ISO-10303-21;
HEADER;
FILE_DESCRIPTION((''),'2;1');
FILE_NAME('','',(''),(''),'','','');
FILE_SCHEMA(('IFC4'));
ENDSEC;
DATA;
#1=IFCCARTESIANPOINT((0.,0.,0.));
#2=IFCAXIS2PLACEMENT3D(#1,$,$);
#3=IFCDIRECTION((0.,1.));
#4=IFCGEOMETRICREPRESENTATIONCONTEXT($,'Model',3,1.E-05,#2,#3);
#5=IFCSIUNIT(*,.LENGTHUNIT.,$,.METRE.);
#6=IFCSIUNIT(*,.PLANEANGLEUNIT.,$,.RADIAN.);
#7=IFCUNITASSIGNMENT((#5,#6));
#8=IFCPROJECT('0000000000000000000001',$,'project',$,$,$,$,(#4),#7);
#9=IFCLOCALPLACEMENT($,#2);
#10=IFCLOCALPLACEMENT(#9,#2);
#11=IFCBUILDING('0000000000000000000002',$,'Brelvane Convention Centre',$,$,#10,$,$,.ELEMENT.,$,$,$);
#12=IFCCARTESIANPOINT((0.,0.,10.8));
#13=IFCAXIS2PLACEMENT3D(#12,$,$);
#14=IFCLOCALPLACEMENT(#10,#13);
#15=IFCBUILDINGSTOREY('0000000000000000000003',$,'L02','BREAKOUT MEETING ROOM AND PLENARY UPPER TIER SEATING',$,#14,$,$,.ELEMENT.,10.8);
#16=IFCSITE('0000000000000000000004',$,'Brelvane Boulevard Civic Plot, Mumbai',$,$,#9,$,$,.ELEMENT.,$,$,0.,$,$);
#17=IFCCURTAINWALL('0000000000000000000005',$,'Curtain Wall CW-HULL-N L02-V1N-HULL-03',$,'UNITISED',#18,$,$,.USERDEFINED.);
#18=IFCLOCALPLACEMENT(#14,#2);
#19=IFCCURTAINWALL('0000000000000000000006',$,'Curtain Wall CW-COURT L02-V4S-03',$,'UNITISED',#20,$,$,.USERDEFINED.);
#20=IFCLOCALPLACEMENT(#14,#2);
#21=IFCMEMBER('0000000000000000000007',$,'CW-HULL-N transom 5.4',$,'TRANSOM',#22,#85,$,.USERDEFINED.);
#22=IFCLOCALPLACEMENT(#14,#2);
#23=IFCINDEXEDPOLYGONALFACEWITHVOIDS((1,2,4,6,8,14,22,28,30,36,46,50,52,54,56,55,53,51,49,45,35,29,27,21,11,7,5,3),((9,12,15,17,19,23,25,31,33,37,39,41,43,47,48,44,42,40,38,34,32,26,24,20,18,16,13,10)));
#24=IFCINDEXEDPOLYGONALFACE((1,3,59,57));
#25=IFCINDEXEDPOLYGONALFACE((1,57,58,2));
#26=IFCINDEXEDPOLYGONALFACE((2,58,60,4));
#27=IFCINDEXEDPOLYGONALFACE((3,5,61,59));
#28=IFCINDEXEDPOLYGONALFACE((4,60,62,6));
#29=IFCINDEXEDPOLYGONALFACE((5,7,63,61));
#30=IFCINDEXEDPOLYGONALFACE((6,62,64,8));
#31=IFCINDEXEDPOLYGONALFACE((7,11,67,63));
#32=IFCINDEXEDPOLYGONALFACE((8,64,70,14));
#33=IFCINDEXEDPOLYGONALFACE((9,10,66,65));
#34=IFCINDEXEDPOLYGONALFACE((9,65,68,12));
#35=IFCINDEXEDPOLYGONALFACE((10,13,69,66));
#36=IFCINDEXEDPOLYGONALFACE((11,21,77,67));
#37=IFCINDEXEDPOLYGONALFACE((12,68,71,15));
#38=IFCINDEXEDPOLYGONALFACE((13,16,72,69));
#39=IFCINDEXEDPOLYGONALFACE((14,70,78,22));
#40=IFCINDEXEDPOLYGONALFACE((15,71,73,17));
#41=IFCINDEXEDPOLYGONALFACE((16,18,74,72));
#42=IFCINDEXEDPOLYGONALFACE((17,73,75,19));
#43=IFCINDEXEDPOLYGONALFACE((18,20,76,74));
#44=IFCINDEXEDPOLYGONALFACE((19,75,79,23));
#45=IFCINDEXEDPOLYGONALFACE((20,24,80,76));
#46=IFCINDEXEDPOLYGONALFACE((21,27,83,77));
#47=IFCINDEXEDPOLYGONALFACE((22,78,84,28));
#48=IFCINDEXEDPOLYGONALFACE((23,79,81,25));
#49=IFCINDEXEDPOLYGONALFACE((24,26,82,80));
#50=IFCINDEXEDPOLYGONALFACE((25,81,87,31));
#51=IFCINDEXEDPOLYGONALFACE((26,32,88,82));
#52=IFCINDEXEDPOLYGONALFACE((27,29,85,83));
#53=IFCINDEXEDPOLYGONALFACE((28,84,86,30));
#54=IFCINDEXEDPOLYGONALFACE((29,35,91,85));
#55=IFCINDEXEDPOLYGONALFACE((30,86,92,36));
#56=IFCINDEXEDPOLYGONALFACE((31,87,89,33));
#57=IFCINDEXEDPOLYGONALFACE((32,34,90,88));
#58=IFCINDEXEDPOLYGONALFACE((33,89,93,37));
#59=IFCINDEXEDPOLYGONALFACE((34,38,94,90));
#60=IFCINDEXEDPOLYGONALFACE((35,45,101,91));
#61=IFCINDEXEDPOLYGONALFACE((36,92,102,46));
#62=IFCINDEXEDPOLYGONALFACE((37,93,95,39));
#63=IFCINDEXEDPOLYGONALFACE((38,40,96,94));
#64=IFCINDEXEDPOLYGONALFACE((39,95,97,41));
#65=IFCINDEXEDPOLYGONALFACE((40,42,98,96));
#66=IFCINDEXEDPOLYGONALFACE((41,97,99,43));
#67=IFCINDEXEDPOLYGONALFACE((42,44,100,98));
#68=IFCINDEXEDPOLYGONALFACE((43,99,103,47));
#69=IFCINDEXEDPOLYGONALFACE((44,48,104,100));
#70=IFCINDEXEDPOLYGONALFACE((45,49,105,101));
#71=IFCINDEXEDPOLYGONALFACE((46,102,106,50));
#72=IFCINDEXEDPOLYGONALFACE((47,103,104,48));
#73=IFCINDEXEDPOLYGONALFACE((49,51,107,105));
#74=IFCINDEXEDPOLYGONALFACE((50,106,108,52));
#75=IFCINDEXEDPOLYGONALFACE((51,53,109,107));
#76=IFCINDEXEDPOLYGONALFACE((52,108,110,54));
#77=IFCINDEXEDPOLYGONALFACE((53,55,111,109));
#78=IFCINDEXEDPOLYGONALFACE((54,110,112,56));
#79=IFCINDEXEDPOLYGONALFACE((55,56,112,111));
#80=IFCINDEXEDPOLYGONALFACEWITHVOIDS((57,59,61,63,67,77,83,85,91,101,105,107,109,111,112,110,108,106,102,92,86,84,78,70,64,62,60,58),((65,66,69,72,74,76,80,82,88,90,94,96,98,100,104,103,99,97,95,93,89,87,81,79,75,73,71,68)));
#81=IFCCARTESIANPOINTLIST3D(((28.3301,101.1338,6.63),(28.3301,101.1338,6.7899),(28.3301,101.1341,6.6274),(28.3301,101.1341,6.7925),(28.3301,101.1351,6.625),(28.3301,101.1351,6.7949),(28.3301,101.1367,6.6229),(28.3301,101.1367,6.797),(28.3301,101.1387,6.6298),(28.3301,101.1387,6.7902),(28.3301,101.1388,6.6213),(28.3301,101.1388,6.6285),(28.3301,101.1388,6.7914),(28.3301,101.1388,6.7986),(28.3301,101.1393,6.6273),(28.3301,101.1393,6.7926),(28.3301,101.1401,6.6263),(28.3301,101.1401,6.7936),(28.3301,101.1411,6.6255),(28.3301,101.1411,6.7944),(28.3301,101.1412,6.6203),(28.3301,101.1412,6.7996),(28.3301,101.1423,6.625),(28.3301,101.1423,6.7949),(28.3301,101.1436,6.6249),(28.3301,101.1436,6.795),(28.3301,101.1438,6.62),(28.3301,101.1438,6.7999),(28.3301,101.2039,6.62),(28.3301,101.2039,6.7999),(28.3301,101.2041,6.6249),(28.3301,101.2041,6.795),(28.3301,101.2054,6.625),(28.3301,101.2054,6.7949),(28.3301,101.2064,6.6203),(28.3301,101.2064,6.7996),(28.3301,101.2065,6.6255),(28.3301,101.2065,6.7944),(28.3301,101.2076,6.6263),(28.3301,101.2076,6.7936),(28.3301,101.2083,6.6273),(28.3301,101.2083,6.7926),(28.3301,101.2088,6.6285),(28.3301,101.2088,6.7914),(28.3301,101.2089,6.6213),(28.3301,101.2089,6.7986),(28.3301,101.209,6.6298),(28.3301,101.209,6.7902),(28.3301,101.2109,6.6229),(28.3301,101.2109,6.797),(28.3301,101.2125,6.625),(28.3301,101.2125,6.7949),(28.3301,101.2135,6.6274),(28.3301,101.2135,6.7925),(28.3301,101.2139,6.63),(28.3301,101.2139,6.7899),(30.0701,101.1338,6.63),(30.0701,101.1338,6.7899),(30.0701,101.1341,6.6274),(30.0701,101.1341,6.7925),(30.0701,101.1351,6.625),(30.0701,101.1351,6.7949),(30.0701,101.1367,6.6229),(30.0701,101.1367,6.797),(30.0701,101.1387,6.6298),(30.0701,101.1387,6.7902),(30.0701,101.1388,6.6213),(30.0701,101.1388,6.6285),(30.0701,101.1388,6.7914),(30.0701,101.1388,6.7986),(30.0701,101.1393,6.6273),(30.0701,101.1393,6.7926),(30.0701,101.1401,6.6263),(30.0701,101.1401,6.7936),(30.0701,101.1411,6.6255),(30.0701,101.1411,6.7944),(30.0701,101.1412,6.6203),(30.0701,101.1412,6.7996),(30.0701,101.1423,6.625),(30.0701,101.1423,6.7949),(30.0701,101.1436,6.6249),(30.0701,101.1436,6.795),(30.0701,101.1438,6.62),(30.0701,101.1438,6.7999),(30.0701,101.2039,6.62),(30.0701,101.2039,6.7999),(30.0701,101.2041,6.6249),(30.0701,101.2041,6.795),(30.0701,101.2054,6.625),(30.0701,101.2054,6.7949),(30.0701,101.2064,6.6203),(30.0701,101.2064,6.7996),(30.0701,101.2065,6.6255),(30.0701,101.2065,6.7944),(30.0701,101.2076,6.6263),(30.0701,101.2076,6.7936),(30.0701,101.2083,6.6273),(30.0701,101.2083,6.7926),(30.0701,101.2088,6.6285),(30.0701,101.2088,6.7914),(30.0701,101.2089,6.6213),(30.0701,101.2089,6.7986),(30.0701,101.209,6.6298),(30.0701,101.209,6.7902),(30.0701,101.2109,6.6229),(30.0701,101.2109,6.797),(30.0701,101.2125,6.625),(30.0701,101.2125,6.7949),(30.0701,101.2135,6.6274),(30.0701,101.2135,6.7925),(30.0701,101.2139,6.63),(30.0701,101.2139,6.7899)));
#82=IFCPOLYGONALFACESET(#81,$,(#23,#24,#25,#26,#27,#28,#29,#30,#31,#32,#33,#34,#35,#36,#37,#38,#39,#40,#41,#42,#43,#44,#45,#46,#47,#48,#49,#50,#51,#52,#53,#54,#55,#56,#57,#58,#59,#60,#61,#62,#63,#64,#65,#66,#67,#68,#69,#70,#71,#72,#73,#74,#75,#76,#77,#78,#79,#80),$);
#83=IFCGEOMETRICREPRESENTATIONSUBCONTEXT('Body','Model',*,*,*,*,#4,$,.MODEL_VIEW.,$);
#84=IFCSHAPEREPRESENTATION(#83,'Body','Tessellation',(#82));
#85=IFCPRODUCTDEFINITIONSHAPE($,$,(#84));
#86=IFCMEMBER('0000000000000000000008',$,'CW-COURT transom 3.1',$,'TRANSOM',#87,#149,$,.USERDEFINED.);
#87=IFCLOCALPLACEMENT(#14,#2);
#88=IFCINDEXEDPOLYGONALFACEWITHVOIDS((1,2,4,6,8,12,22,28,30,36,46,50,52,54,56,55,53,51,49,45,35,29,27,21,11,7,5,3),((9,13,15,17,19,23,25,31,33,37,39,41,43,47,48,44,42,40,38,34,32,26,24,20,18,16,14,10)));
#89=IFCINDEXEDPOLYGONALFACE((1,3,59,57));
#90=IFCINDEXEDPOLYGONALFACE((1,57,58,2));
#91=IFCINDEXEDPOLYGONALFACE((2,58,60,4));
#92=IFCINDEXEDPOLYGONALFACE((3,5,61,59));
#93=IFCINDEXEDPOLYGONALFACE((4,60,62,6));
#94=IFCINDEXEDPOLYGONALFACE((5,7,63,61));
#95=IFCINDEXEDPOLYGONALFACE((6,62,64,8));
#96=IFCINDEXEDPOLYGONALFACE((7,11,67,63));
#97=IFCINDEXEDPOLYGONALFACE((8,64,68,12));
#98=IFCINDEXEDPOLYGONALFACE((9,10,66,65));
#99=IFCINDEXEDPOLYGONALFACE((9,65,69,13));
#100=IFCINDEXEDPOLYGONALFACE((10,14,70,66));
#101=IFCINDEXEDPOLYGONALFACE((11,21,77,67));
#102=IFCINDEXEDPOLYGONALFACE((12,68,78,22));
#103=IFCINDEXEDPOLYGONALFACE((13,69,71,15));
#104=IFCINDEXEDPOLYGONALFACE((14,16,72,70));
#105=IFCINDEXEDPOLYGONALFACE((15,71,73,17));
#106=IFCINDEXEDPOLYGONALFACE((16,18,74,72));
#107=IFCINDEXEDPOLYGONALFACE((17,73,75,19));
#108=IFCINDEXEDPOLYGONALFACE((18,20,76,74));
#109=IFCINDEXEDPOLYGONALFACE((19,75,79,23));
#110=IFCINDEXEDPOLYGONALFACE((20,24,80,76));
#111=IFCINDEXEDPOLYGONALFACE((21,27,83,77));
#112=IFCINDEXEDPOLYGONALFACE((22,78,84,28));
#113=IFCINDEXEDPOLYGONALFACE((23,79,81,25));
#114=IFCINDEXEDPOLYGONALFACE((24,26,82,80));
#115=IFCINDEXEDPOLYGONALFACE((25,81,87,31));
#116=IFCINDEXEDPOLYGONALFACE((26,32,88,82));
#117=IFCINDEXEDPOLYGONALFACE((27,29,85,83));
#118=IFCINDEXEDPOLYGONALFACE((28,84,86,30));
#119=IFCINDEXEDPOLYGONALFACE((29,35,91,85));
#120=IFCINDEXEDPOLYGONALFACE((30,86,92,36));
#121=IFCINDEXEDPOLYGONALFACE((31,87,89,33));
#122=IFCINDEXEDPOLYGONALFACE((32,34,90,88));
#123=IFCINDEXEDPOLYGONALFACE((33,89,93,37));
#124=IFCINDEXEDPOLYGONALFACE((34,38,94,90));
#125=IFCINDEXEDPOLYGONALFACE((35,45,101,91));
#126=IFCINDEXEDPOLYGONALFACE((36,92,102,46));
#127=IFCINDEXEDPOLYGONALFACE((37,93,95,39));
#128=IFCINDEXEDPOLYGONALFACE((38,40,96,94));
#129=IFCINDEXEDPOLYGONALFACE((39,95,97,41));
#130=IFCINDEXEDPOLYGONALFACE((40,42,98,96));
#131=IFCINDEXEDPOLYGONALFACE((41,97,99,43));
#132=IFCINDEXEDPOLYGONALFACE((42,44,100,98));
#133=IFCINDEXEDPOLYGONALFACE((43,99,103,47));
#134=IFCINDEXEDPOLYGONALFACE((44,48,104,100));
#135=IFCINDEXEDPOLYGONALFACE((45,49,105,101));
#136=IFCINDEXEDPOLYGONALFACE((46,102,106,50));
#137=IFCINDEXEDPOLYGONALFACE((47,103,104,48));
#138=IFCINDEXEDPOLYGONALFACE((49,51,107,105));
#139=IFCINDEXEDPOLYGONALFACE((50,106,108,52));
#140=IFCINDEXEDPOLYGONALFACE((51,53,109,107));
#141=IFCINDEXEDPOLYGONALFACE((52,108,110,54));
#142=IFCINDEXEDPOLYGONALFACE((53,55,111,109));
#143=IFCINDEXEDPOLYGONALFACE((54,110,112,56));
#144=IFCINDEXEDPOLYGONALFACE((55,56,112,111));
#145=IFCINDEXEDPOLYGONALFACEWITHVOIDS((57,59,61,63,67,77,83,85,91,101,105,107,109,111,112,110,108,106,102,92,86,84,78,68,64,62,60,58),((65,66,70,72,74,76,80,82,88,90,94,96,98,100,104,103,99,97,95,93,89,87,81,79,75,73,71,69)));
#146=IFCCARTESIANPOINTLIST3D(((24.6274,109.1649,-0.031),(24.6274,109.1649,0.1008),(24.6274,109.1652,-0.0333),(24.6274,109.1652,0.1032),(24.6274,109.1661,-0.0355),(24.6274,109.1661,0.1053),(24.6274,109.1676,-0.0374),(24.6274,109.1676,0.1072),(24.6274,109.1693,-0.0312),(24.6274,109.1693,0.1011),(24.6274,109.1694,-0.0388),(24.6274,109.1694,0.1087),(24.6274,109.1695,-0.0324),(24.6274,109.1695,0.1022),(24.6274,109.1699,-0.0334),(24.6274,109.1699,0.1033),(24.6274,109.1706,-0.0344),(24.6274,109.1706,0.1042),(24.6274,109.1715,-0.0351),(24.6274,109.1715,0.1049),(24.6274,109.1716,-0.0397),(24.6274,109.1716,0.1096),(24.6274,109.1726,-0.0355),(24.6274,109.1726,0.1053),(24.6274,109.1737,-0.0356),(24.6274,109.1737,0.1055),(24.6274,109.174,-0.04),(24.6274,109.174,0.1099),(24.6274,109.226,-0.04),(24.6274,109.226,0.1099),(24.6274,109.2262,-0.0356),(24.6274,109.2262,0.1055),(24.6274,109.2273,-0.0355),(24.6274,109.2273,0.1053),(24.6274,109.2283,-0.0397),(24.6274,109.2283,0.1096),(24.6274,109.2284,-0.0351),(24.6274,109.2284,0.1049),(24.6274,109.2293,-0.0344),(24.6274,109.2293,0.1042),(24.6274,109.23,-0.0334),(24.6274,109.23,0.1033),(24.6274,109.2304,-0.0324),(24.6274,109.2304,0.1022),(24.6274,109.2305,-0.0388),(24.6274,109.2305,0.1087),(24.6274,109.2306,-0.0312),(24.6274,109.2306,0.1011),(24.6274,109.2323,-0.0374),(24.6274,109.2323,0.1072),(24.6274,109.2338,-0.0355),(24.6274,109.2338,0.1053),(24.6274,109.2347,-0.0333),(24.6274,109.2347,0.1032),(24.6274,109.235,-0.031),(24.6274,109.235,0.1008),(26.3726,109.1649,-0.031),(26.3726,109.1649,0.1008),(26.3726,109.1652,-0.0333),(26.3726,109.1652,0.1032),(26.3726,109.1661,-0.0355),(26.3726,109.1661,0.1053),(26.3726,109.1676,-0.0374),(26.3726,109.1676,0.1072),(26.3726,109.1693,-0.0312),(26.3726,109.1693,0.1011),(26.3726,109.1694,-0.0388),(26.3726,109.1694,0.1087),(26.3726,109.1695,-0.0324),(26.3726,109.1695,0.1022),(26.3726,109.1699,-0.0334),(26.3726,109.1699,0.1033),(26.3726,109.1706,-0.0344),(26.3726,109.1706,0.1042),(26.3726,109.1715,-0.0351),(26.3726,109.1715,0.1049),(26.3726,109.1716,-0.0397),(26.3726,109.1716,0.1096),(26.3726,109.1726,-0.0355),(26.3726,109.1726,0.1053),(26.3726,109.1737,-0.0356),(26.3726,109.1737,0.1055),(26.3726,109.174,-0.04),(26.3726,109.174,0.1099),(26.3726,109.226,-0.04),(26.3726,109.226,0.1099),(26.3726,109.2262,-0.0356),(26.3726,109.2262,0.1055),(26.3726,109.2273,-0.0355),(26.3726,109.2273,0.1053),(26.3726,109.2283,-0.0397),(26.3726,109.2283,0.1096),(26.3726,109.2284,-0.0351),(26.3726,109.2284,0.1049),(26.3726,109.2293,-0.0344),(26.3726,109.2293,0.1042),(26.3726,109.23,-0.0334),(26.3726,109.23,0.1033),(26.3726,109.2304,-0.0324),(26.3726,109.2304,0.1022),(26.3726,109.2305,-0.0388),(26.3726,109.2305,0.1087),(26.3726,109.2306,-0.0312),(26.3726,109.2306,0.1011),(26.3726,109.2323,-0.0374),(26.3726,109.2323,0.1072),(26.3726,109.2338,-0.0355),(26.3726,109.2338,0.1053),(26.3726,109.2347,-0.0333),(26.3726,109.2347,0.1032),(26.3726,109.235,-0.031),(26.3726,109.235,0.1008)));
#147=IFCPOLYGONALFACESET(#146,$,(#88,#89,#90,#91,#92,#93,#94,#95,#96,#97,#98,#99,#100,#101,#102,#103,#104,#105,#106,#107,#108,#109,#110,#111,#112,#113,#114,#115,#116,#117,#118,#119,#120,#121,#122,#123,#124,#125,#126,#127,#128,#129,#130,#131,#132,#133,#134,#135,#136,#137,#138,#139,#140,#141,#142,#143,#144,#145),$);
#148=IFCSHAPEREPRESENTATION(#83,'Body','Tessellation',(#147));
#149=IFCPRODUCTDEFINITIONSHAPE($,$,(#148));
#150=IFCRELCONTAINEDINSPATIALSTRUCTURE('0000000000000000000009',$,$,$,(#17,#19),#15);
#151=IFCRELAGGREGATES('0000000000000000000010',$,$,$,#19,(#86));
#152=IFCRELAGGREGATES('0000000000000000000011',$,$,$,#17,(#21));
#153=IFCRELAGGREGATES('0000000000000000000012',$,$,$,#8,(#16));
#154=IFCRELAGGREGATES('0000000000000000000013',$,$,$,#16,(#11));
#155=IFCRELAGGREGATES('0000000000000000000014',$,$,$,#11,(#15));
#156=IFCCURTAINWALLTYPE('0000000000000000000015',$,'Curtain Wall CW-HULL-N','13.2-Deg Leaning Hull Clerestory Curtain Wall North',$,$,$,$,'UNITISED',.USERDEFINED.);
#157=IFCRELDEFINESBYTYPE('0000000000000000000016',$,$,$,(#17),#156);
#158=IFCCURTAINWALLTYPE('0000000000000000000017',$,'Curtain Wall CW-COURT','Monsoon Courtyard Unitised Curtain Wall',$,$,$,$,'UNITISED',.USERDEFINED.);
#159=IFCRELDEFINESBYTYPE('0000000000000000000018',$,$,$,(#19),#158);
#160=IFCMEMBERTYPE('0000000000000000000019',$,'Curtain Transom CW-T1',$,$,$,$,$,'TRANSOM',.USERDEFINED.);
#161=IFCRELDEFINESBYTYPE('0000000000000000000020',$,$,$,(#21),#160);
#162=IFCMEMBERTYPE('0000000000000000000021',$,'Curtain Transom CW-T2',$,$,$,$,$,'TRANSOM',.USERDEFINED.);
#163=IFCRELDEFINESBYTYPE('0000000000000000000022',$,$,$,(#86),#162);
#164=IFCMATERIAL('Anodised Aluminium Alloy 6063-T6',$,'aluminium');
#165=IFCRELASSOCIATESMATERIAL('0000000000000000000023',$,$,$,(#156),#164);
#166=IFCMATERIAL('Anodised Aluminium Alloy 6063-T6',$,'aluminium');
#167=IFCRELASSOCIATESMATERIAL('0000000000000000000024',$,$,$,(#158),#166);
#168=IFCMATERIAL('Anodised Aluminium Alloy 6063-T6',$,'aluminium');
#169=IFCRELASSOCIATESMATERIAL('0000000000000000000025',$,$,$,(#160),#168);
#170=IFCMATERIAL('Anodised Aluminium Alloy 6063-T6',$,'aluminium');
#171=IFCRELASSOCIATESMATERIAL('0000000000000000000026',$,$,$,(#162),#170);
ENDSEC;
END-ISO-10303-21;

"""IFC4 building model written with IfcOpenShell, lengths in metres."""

from ifc_helpers import new_model, si_unit, direction, frame, origin, origin_2d, place, context, subcontext, project, spatial, hollow_rectangle, extrude, material, material_profile, profile_set, type_object, element, aggregate, save


model = new_model("IFC4")

# Units and contexts
model_context = context("Model", 3, precision=1e-05, world=origin(), true_north=direction((0.0, 1.0)))
body_context = subcontext(model_context, "Body", "Model", "MODEL_VIEW")
ifc_project = project(units=[si_unit("LENGTHUNIT", "METRE"), si_unit("PLANEANGLEUNIT", "RADIAN")], contexts=[model_context])

# Site, building, storey
site_placement = place(None, origin())
site = spatial("IfcSite", under=ifc_project, at=site_placement, Name="Brelvane Boulevard Civic Plot, Mumbai", CompositionType="ELEMENT", RefElevation=0.0)
building_placement = place(site_placement, origin())
building = spatial("IfcBuilding", under=site, at=building_placement, Name="Brelvane Convention Centre", CompositionType="ELEMENT")
storey_placement = place(building_placement, frame((0.0, 0.0, 10.8)))
storey = spatial("IfcBuildingStorey", under=building, at=storey_placement, Name="L02", Description="BREAKOUT MEETING ROOM AND PLENARY UPPER TIER SEATING", CompositionType="ELEMENT", Elevation=10.8)

# Curtain wall
ifc_material_1 = material(Name="Anodised Aluminium Alloy 6063-T6", Category="aluminium")
curtain_wall_type_1 = type_object("IfcCurtainWallType", Name="Curtain Wall CW-HULL-N", Description="13.2-Deg Leaning Hull Clerestory Curtain Wall North", ElementType="UNITISED", PredefinedType="USERDEFINED", material=ifc_material_1)
curtain_wall_1_placement = place(storey_placement, origin())
curtain_wall_1 = element("IfcCurtainWall", 1, at=curtain_wall_1_placement, inside=storey, type_object=curtain_wall_type_1, Name="Curtain Wall CW-HULL-N L02-V1N-HULL-03", ObjectType="UNITISED", PredefinedType="USERDEFINED")

# Curtain wall
ifc_material_2 = material(Name="Anodised Aluminium Alloy 6063-T6", Category="aluminium")
curtain_wall_type_2 = type_object("IfcCurtainWallType", Name="Curtain Wall CW-COURT", Description="Monsoon Courtyard Unitised Curtain Wall", ElementType="UNITISED", PredefinedType="USERDEFINED", material=ifc_material_2)
curtain_wall_2_placement = place(storey_placement, origin())
curtain_wall_2 = element("IfcCurtainWall", 2, at=curtain_wall_2_placement, inside=storey, type_object=curtain_wall_type_2, Name="Curtain Wall CW-COURT L02-V4S-03", ObjectType="UNITISED", PredefinedType="USERDEFINED")

# Members
ifc_material_3 = material(Name="Anodised Aluminium Alloy 6063-T6", Category="aluminium")
ifc_material_profile_1 = material_profile(ifc_material_3, hollow_rectangle(XDim=0.0801, YDim=0.1799, WallThickness=0.0049, InnerFilletRadius=0.0049, OuterFilletRadius=0.01, at=origin_2d()), Name="ALU-T 180x80x5.0")
ifc_profile_set_1 = profile_set([ifc_material_profile_1], Name="Anodised Aluminium Alloy 6063-T6")
member_type_1 = type_object("IfcMemberType", Name="Curtain Transom CW-T1", ElementType="TRANSOM", PredefinedType="USERDEFINED", material=ifc_profile_set_1)
member_1_placement = place(storey_placement, frame((28.3301, 101.1738, 6.71), z_axis=(1.0, 0.0, 0.0), x_axis=(0.0, 1.0, 0.0)))
member_1 = element("IfcMember", 3, at=member_1_placement, type_object=member_type_1, Name="CW-HULL-N transom 5.4", ObjectType="TRANSOM", PredefinedType="USERDEFINED", context=body_context, shape_type="SweptSolid", body=[
    extrude(hollow_rectangle(XDim=0.0801, YDim=0.1799, WallThickness=0.0049, InnerFilletRadius=0.0049, OuterFilletRadius=0.01, at=origin_2d()), origin(), (0.0, 0.0, 1.0), 1.74),
])
ifc_material_4 = material(Name="Anodised Aluminium Alloy 6063-T6", Category="aluminium")
ifc_material_profile_2 = material_profile(ifc_material_4, hollow_rectangle(XDim=0.0701, YDim=0.1499, WallThickness=0.0044, InnerFilletRadius=0.0044, OuterFilletRadius=0.009, at=origin_2d()), Name="ALU-T 150x70x4.5")
ifc_profile_set_2 = profile_set([ifc_material_profile_2], Name="Anodised Aluminium Alloy 6063-T6")
member_type_2 = type_object("IfcMemberType", Name="Curtain Transom CW-T2", ElementType="TRANSOM", PredefinedType="USERDEFINED", material=ifc_profile_set_2)
member_2_placement = place(storey_placement, frame((24.6274, 109.2, 0.0349), z_axis=(1.0, 0.0, 0.0), x_axis=(0.0, 1.0, 0.0)))
member_2 = element("IfcMember", 4, at=member_2_placement, type_object=member_type_2, Name="CW-COURT transom 3.1", ObjectType="TRANSOM", PredefinedType="USERDEFINED", context=body_context, shape_type="SweptSolid", body=[
    extrude(hollow_rectangle(XDim=0.0701, YDim=0.1499, WallThickness=0.0044, InnerFilletRadius=0.0044, OuterFilletRadius=0.009, at=origin_2d()), origin(), (0.0, 0.0, 1.0), 1.7451),
])

aggregate(curtain_wall_2, [member_2])
aggregate(curtain_wall_1, [member_1])

save(model, "model.ifc")
